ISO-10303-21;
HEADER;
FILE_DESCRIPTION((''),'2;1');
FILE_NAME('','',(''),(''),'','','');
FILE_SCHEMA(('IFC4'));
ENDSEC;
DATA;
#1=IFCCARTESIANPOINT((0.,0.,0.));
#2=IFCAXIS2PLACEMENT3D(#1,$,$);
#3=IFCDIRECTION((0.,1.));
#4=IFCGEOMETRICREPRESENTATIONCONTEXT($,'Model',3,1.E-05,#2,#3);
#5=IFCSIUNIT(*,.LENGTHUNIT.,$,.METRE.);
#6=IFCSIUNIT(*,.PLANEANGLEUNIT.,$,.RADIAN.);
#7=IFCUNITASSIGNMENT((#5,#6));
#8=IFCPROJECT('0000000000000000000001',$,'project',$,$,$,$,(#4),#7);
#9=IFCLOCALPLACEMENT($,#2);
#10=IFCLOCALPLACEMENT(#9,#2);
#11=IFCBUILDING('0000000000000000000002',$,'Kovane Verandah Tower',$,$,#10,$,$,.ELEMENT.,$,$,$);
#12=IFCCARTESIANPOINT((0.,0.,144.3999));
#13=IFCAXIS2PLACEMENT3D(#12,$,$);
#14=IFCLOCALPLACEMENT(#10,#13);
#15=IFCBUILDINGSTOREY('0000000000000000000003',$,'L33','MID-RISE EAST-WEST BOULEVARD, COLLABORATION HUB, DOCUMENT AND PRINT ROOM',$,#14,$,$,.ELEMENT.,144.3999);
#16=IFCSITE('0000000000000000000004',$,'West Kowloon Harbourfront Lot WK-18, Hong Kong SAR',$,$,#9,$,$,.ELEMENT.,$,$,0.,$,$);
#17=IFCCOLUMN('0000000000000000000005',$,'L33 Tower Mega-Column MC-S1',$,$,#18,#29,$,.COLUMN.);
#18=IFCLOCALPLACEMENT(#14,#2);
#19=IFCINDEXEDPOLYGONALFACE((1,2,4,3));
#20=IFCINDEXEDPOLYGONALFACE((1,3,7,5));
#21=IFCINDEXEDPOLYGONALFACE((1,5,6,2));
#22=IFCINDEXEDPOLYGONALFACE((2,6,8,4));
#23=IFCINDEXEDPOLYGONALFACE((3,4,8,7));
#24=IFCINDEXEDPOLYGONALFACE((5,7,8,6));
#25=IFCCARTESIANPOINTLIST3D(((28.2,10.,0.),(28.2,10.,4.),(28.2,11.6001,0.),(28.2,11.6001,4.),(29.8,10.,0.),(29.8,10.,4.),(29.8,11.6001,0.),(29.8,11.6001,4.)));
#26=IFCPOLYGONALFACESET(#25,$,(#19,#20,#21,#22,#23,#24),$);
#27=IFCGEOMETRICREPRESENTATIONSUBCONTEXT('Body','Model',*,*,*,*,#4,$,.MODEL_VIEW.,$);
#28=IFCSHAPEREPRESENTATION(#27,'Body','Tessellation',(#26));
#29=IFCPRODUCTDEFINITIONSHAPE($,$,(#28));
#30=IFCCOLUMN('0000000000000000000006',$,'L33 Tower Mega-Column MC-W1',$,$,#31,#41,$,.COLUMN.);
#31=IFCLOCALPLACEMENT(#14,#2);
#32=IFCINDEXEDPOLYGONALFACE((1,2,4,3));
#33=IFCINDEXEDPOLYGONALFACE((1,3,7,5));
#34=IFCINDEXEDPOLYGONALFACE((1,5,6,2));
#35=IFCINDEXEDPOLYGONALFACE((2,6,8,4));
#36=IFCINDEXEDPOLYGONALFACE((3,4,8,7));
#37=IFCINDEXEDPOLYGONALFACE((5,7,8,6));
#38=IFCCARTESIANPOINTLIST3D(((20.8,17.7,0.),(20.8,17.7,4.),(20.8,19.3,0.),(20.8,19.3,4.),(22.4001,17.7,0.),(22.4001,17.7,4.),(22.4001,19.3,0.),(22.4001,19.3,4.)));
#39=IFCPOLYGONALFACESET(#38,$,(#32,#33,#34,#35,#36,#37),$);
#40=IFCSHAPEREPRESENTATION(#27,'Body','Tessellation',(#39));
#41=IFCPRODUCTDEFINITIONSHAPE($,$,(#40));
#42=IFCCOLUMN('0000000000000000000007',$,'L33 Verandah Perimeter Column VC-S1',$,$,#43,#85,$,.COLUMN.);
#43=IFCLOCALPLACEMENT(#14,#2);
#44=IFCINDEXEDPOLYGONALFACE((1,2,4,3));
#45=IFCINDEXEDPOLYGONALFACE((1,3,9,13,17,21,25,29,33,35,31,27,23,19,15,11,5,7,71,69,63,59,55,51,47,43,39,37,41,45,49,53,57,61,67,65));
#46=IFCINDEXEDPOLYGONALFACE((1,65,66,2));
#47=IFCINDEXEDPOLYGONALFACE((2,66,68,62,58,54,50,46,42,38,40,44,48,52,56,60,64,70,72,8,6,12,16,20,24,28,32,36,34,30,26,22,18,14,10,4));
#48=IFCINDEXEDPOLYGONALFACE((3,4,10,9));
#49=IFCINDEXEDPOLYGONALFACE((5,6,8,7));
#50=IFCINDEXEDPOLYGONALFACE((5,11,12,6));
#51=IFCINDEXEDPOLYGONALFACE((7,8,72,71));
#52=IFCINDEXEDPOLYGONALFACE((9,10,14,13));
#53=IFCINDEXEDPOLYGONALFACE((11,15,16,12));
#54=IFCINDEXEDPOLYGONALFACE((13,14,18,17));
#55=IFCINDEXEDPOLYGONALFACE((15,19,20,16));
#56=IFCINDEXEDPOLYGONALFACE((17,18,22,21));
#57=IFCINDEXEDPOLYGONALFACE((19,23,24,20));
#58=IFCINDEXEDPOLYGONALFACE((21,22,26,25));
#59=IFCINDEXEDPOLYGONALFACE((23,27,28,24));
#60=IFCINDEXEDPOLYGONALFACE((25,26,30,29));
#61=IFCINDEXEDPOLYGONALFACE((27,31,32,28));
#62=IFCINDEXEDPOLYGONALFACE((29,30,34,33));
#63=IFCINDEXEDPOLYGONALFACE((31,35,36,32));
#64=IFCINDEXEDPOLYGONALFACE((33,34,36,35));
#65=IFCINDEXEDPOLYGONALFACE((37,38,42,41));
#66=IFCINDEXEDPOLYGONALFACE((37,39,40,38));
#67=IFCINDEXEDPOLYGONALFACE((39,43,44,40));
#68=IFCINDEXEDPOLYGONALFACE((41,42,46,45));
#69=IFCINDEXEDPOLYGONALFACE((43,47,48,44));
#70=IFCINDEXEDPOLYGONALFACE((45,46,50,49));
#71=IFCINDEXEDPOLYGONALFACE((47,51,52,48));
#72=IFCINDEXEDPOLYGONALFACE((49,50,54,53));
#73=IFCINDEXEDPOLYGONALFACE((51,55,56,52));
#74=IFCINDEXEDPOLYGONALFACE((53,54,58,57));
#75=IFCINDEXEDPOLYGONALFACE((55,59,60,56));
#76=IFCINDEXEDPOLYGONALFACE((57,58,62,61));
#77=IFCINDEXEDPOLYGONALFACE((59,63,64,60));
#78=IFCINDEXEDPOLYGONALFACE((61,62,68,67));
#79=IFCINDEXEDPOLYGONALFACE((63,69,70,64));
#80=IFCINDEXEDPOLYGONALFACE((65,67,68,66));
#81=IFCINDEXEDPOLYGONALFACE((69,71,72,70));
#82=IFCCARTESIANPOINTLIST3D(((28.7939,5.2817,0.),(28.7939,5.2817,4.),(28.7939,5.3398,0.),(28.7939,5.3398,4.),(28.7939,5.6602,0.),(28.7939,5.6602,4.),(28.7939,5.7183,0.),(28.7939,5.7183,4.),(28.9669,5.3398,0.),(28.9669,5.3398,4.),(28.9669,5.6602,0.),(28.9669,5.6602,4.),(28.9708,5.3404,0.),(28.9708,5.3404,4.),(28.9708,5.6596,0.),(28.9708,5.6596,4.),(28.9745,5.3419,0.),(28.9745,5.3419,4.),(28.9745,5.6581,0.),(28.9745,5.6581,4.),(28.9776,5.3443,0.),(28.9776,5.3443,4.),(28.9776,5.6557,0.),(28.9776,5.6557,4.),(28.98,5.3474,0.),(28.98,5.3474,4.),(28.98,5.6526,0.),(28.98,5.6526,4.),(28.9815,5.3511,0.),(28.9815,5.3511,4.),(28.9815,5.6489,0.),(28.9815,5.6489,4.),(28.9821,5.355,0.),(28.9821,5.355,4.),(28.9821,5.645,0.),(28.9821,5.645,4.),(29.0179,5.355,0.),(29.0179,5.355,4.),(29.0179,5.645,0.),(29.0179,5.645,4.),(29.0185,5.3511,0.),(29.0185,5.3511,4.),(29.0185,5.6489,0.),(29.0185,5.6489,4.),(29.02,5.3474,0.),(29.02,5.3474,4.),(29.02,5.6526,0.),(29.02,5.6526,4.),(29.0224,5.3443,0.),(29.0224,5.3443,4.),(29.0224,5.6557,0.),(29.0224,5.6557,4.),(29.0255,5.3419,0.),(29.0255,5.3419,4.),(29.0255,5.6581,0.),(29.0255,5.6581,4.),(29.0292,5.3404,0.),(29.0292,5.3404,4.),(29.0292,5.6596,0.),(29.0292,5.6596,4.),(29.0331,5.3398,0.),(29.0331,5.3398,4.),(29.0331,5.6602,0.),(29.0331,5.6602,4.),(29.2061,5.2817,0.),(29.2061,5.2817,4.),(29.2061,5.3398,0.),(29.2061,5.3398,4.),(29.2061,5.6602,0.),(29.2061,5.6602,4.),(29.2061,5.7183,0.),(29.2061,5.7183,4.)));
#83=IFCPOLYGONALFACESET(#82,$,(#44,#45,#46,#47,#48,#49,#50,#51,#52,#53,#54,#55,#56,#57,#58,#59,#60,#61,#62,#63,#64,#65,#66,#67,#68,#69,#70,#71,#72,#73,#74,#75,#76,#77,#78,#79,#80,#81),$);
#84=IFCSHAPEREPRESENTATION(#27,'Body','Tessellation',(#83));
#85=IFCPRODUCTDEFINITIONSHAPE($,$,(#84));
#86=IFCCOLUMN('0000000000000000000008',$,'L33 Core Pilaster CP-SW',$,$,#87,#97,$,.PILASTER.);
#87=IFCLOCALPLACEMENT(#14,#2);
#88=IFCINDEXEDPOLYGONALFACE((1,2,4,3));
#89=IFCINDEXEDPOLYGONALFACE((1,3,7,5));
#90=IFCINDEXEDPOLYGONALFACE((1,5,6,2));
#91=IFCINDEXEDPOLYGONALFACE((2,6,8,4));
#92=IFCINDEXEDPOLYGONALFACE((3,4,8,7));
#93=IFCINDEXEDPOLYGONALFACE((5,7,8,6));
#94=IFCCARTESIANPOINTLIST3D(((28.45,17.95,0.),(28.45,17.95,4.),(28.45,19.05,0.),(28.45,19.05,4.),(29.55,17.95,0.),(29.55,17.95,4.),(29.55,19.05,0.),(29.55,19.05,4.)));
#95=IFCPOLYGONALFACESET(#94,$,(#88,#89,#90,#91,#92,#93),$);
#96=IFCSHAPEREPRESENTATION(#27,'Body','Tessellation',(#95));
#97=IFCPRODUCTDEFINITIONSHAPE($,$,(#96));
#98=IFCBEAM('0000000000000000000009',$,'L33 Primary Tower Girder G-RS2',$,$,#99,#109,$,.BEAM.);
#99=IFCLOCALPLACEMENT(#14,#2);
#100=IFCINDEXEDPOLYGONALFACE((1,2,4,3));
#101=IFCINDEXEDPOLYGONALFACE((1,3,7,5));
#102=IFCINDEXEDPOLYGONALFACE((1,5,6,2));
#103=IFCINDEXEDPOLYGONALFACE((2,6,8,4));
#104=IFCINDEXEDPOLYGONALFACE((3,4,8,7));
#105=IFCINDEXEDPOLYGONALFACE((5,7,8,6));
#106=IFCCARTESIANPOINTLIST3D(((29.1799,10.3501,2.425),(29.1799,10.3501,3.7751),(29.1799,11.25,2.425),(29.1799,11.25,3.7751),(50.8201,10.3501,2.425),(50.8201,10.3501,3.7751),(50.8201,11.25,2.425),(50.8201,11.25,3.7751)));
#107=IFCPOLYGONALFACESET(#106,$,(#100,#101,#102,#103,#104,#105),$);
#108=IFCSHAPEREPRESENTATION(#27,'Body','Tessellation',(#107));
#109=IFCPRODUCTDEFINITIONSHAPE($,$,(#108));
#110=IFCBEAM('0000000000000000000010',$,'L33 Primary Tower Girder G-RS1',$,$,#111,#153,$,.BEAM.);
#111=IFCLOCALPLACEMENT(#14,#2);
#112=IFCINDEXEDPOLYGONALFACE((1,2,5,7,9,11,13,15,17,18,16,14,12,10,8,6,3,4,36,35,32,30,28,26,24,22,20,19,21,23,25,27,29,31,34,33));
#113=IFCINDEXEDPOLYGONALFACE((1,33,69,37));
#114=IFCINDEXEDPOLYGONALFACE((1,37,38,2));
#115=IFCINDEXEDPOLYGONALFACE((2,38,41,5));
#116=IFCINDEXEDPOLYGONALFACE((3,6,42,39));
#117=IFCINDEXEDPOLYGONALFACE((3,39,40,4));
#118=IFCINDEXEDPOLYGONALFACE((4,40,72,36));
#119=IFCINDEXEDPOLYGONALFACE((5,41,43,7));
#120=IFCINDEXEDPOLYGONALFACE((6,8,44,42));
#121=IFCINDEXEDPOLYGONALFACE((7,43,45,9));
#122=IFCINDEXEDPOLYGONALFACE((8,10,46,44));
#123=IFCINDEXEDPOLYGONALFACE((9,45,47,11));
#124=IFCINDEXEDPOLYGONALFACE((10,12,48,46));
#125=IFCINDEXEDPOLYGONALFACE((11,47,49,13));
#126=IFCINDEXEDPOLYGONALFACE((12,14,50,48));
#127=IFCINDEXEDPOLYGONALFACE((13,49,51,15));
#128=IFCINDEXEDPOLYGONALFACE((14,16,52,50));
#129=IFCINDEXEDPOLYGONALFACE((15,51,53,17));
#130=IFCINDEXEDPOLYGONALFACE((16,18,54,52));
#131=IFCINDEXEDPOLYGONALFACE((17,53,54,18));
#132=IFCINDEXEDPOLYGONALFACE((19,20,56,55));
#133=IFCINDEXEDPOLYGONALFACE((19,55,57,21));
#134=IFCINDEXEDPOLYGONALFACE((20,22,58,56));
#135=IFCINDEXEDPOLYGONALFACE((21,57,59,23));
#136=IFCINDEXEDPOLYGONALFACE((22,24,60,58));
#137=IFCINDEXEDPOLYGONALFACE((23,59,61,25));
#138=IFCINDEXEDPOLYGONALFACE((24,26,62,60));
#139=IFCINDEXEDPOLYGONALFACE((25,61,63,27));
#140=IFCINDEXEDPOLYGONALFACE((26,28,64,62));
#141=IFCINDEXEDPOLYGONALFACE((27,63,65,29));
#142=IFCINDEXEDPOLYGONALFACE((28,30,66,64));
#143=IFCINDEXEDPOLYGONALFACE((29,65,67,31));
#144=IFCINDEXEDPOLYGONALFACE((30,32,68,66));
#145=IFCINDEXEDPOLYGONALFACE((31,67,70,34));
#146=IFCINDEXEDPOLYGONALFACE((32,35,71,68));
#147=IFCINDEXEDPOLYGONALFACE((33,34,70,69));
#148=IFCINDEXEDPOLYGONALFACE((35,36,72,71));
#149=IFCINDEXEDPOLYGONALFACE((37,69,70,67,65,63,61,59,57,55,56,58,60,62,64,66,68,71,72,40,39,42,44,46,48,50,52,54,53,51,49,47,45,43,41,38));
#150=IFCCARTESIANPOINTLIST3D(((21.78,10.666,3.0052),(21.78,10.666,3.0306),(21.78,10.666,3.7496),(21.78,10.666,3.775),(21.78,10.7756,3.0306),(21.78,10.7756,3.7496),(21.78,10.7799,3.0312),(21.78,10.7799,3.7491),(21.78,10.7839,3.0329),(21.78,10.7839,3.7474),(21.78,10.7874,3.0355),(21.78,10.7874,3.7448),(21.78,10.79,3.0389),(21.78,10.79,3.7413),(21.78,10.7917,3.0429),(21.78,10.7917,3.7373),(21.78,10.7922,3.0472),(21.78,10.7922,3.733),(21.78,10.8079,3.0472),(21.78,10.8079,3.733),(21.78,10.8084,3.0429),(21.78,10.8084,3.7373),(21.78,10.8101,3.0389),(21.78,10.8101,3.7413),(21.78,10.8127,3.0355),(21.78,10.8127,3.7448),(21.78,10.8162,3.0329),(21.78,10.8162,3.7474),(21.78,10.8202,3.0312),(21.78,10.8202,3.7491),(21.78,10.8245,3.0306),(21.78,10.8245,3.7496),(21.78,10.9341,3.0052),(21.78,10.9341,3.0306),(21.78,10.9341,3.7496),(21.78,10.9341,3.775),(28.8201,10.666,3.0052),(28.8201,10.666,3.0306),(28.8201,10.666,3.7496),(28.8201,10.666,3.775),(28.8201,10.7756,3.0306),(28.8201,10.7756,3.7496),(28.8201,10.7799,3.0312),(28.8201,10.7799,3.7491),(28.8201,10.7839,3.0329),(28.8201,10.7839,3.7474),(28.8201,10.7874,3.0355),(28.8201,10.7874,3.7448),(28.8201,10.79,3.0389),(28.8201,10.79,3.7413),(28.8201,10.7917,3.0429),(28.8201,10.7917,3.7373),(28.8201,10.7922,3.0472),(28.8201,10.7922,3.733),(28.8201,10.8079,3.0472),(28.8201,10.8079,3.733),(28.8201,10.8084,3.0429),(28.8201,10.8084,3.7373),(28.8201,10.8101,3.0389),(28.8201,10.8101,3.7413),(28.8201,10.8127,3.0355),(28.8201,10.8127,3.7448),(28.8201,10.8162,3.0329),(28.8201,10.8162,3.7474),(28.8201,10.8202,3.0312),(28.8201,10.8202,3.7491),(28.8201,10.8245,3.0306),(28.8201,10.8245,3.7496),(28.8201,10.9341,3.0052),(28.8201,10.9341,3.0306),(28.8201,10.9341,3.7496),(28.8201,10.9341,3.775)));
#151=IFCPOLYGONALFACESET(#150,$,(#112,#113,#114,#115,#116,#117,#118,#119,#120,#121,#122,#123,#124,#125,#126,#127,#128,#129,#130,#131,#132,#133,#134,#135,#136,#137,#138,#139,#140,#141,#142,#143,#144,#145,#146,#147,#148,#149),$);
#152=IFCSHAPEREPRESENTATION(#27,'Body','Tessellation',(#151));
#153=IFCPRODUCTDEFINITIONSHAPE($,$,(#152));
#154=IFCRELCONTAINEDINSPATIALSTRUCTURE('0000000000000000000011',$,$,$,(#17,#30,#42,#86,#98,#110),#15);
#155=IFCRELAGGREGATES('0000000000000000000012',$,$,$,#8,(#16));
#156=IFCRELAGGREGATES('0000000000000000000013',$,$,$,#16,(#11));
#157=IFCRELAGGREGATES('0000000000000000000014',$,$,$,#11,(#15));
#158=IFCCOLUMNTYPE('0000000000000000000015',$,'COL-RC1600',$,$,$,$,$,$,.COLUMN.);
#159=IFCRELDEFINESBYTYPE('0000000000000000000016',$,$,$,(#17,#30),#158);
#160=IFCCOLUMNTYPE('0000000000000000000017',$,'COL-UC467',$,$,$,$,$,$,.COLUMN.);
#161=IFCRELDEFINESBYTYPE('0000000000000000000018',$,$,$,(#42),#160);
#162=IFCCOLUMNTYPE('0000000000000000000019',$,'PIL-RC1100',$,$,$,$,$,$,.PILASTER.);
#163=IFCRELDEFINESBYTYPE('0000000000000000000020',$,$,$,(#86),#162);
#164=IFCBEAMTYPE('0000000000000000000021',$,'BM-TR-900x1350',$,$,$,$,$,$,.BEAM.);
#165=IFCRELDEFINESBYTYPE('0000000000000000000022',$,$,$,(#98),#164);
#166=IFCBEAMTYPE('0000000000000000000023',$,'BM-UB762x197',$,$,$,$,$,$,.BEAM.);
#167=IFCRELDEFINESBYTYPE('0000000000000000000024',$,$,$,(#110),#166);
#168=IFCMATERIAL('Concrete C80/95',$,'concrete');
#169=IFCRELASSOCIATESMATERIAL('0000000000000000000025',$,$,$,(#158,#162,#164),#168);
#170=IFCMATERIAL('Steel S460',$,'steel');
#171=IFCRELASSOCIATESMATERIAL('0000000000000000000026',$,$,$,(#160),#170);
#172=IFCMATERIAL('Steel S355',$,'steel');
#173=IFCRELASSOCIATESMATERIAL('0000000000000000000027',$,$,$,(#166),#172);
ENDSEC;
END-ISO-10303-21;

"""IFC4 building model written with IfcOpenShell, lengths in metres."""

from ifc_helpers import new_model, si_unit, direction, frame, origin, origin_2d, place, context, subcontext, project, spatial, rectangle, i_section, extrude, material, material_profile, profile_set, type_object, element, save


model = new_model("IFC4")

# Units and contexts
model_context = context("Model", 3, precision=1e-05, world=origin(), true_north=direction((0.0, 1.0)))
body_context = subcontext(model_context, "Body", "Model", "MODEL_VIEW")
ifc_project = project(units=[si_unit("LENGTHUNIT", "METRE"), si_unit("PLANEANGLEUNIT", "RADIAN")], contexts=[model_context])

# Site, building, storey
site_placement = place(None, origin())
site = spatial("IfcSite", under=ifc_project, at=site_placement, Name="West Kowloon Harbourfront Lot WK-18, Hong Kong SAR", CompositionType="ELEMENT", RefElevation=0.0)
building_placement = place(site_placement, origin())
building = spatial("IfcBuilding", under=site, at=building_placement, Name="Kovane Verandah Tower", CompositionType="ELEMENT")
storey_placement = place(building_placement, frame((0.0, 0.0, 144.3999)))
storey = spatial("IfcBuildingStorey", under=building, at=storey_placement, Name="L33", Description="MID-RISE EAST-WEST BOULEVARD, COLLABORATION HUB, DOCUMENT AND PRINT ROOM", CompositionType="ELEMENT", Elevation=144.3999)

# Columns
ifc_material_1 = material(Name="Concrete C80/95", Category="concrete")
ifc_material_profile_1 = material_profile(ifc_material_1, rectangle(XDim=1.6001, YDim=1.6001, at=origin_2d()), Name="RC1600x1600")
ifc_profile_set_1 = profile_set([ifc_material_profile_1], Name="Concrete C80/95")
column_type_1 = type_object("IfcColumnType", Name="COL-RC1600", PredefinedType="COLUMN", material=ifc_profile_set_1)
for number, where, z_axis, x_axis, name in (
    (1, (29.0, 10.8, 0.0), (0.0, 0.0, 1.0), (1.0, 0.0, 0.0), "L33 Tower Mega-Column MC-S1"),
    (2, (21.6001, 18.5, 0.0), (0.0, 0.0, 1.0), (1.0, 0.0, 0.0), "L33 Tower Mega-Column MC-W1"),
):
    element("IfcColumn", number, at=place(storey_placement, frame(where, z_axis=z_axis, x_axis=x_axis)), inside=storey, type_object=column_type_1, Name=name, PredefinedType="COLUMN", context=body_context, shape_type="SweptSolid", body=[
        extrude(rectangle(XDim=1.6001, YDim=1.6001, at=origin_2d()), origin(), (0.0, 0.0, 1.0), 4.0),
    ])
ifc_material_2 = material(Name="Steel S460", Category="steel")
ifc_material_profile_2 = material_profile(ifc_material_2, i_section(OverallWidth=0.4121, OverallDepth=0.4365, WebThickness=0.0359, FlangeThickness=0.0581, FilletRadius=0.0151, at=origin_2d()), Name="UC356x406x467")
ifc_profile_set_2 = profile_set([ifc_material_profile_2], Name="Steel S460")
column_type_2 = type_object("IfcColumnType", Name="COL-UC467", PredefinedType="COLUMN", material=ifc_profile_set_2)
column_1_placement = place(storey_placement, frame((29.0, 5.5, 0.0), z_axis=(0.0, 0.0, 1.0), x_axis=(1.0, 0.0, 0.0)))
element("IfcColumn", 3, at=column_1_placement, inside=storey, type_object=column_type_2, Name="L33 Verandah Perimeter Column VC-S1", PredefinedType="COLUMN", context=body_context, shape_type="SweptSolid", body=[
    extrude(i_section(OverallWidth=0.4121, OverallDepth=0.4365, WebThickness=0.0359, FlangeThickness=0.0581, FilletRadius=0.0151, at=origin_2d()), origin(), (0.0, 0.0, 1.0), 4.0),
])
ifc_material_profile_3 = material_profile(ifc_material_1, rectangle(XDim=1.1001, YDim=1.1001, at=origin_2d()), Name="RC1100x1100")
ifc_profile_set_3 = profile_set([ifc_material_profile_3], Name="Concrete C80/95")
column_type_3 = type_object("IfcColumnType", Name="PIL-RC1100", PredefinedType="PILASTER", material=ifc_profile_set_3)
column_2_placement = place(storey_placement, frame((29.0, 18.5, 0.0), z_axis=(0.0, 0.0, 1.0), x_axis=(1.0, 0.0, 0.0)))
element("IfcColumn", 4, at=column_2_placement, inside=storey, type_object=column_type_3, Name="L33 Core Pilaster CP-SW", PredefinedType="PILASTER", context=body_context, shape_type="SweptSolid", body=[
    extrude(rectangle(XDim=1.1001, YDim=1.1001, at=origin_2d()), origin(), (0.0, 0.0, 1.0), 4.0),
])

# Beams
ifc_material_profile_4 = material_profile(ifc_material_1, rectangle(XDim=0.8999, YDim=1.3501, at=origin_2d()), Name="RCB900x1350")
ifc_profile_set_4 = profile_set([ifc_material_profile_4], Name="Concrete C80/95")
beam_type_1 = type_object("IfcBeamType", Name="BM-TR-900x1350", PredefinedType="BEAM", material=ifc_profile_set_4)
beam_1_placement = place(storey_placement, frame((29.1799, 10.8, 3.1001), z_axis=(1.0, 0.0, 0.0), x_axis=(0.0, 1.0, 0.0)))
element("IfcBeam", 5, at=beam_1_placement, inside=storey, type_object=beam_type_1, Name="L33 Primary Tower Girder G-RS2", PredefinedType="BEAM", context=body_context, shape_type="SweptSolid", body=[
    extrude(rectangle(XDim=0.8999, YDim=1.3501, at=origin_2d()), origin(), (0.0, 0.0, 1.0), 21.6401),
])
ifc_material_3 = material(Name="Steel S355", Category="steel")
ifc_material_profile_5 = material_profile(ifc_material_3, i_section(OverallWidth=0.2681, OverallDepth=0.7698, WebThickness=0.0156, FlangeThickness=0.0254, FilletRadius=0.0166, at=origin_2d()), Name="UB762x267x197")
ifc_profile_set_5 = profile_set([ifc_material_profile_5], Name="Steel S355")
beam_type_2 = type_object("IfcBeamType", Name="BM-UB762x197", PredefinedType="BEAM", material=ifc_profile_set_5)
beam_2_placement = place(storey_placement, frame((21.78, 10.8, 3.3901), z_axis=(1.0, 0.0, 0.0), x_axis=(0.0, 1.0, 0.0)))
element("IfcBeam", 6, at=beam_2_placement, inside=storey, type_object=beam_type_2, Name="L33 Primary Tower Girder G-RS1", PredefinedType="BEAM", context=body_context, shape_type="SweptSolid", body=[
    extrude(i_section(OverallWidth=0.2681, OverallDepth=0.7698, WebThickness=0.0156, FlangeThickness=0.0254, FilletRadius=0.0166, at=origin_2d()), origin(), (0.0, 0.0, 1.0), 7.04),
])

save(model, "model.ifc")
